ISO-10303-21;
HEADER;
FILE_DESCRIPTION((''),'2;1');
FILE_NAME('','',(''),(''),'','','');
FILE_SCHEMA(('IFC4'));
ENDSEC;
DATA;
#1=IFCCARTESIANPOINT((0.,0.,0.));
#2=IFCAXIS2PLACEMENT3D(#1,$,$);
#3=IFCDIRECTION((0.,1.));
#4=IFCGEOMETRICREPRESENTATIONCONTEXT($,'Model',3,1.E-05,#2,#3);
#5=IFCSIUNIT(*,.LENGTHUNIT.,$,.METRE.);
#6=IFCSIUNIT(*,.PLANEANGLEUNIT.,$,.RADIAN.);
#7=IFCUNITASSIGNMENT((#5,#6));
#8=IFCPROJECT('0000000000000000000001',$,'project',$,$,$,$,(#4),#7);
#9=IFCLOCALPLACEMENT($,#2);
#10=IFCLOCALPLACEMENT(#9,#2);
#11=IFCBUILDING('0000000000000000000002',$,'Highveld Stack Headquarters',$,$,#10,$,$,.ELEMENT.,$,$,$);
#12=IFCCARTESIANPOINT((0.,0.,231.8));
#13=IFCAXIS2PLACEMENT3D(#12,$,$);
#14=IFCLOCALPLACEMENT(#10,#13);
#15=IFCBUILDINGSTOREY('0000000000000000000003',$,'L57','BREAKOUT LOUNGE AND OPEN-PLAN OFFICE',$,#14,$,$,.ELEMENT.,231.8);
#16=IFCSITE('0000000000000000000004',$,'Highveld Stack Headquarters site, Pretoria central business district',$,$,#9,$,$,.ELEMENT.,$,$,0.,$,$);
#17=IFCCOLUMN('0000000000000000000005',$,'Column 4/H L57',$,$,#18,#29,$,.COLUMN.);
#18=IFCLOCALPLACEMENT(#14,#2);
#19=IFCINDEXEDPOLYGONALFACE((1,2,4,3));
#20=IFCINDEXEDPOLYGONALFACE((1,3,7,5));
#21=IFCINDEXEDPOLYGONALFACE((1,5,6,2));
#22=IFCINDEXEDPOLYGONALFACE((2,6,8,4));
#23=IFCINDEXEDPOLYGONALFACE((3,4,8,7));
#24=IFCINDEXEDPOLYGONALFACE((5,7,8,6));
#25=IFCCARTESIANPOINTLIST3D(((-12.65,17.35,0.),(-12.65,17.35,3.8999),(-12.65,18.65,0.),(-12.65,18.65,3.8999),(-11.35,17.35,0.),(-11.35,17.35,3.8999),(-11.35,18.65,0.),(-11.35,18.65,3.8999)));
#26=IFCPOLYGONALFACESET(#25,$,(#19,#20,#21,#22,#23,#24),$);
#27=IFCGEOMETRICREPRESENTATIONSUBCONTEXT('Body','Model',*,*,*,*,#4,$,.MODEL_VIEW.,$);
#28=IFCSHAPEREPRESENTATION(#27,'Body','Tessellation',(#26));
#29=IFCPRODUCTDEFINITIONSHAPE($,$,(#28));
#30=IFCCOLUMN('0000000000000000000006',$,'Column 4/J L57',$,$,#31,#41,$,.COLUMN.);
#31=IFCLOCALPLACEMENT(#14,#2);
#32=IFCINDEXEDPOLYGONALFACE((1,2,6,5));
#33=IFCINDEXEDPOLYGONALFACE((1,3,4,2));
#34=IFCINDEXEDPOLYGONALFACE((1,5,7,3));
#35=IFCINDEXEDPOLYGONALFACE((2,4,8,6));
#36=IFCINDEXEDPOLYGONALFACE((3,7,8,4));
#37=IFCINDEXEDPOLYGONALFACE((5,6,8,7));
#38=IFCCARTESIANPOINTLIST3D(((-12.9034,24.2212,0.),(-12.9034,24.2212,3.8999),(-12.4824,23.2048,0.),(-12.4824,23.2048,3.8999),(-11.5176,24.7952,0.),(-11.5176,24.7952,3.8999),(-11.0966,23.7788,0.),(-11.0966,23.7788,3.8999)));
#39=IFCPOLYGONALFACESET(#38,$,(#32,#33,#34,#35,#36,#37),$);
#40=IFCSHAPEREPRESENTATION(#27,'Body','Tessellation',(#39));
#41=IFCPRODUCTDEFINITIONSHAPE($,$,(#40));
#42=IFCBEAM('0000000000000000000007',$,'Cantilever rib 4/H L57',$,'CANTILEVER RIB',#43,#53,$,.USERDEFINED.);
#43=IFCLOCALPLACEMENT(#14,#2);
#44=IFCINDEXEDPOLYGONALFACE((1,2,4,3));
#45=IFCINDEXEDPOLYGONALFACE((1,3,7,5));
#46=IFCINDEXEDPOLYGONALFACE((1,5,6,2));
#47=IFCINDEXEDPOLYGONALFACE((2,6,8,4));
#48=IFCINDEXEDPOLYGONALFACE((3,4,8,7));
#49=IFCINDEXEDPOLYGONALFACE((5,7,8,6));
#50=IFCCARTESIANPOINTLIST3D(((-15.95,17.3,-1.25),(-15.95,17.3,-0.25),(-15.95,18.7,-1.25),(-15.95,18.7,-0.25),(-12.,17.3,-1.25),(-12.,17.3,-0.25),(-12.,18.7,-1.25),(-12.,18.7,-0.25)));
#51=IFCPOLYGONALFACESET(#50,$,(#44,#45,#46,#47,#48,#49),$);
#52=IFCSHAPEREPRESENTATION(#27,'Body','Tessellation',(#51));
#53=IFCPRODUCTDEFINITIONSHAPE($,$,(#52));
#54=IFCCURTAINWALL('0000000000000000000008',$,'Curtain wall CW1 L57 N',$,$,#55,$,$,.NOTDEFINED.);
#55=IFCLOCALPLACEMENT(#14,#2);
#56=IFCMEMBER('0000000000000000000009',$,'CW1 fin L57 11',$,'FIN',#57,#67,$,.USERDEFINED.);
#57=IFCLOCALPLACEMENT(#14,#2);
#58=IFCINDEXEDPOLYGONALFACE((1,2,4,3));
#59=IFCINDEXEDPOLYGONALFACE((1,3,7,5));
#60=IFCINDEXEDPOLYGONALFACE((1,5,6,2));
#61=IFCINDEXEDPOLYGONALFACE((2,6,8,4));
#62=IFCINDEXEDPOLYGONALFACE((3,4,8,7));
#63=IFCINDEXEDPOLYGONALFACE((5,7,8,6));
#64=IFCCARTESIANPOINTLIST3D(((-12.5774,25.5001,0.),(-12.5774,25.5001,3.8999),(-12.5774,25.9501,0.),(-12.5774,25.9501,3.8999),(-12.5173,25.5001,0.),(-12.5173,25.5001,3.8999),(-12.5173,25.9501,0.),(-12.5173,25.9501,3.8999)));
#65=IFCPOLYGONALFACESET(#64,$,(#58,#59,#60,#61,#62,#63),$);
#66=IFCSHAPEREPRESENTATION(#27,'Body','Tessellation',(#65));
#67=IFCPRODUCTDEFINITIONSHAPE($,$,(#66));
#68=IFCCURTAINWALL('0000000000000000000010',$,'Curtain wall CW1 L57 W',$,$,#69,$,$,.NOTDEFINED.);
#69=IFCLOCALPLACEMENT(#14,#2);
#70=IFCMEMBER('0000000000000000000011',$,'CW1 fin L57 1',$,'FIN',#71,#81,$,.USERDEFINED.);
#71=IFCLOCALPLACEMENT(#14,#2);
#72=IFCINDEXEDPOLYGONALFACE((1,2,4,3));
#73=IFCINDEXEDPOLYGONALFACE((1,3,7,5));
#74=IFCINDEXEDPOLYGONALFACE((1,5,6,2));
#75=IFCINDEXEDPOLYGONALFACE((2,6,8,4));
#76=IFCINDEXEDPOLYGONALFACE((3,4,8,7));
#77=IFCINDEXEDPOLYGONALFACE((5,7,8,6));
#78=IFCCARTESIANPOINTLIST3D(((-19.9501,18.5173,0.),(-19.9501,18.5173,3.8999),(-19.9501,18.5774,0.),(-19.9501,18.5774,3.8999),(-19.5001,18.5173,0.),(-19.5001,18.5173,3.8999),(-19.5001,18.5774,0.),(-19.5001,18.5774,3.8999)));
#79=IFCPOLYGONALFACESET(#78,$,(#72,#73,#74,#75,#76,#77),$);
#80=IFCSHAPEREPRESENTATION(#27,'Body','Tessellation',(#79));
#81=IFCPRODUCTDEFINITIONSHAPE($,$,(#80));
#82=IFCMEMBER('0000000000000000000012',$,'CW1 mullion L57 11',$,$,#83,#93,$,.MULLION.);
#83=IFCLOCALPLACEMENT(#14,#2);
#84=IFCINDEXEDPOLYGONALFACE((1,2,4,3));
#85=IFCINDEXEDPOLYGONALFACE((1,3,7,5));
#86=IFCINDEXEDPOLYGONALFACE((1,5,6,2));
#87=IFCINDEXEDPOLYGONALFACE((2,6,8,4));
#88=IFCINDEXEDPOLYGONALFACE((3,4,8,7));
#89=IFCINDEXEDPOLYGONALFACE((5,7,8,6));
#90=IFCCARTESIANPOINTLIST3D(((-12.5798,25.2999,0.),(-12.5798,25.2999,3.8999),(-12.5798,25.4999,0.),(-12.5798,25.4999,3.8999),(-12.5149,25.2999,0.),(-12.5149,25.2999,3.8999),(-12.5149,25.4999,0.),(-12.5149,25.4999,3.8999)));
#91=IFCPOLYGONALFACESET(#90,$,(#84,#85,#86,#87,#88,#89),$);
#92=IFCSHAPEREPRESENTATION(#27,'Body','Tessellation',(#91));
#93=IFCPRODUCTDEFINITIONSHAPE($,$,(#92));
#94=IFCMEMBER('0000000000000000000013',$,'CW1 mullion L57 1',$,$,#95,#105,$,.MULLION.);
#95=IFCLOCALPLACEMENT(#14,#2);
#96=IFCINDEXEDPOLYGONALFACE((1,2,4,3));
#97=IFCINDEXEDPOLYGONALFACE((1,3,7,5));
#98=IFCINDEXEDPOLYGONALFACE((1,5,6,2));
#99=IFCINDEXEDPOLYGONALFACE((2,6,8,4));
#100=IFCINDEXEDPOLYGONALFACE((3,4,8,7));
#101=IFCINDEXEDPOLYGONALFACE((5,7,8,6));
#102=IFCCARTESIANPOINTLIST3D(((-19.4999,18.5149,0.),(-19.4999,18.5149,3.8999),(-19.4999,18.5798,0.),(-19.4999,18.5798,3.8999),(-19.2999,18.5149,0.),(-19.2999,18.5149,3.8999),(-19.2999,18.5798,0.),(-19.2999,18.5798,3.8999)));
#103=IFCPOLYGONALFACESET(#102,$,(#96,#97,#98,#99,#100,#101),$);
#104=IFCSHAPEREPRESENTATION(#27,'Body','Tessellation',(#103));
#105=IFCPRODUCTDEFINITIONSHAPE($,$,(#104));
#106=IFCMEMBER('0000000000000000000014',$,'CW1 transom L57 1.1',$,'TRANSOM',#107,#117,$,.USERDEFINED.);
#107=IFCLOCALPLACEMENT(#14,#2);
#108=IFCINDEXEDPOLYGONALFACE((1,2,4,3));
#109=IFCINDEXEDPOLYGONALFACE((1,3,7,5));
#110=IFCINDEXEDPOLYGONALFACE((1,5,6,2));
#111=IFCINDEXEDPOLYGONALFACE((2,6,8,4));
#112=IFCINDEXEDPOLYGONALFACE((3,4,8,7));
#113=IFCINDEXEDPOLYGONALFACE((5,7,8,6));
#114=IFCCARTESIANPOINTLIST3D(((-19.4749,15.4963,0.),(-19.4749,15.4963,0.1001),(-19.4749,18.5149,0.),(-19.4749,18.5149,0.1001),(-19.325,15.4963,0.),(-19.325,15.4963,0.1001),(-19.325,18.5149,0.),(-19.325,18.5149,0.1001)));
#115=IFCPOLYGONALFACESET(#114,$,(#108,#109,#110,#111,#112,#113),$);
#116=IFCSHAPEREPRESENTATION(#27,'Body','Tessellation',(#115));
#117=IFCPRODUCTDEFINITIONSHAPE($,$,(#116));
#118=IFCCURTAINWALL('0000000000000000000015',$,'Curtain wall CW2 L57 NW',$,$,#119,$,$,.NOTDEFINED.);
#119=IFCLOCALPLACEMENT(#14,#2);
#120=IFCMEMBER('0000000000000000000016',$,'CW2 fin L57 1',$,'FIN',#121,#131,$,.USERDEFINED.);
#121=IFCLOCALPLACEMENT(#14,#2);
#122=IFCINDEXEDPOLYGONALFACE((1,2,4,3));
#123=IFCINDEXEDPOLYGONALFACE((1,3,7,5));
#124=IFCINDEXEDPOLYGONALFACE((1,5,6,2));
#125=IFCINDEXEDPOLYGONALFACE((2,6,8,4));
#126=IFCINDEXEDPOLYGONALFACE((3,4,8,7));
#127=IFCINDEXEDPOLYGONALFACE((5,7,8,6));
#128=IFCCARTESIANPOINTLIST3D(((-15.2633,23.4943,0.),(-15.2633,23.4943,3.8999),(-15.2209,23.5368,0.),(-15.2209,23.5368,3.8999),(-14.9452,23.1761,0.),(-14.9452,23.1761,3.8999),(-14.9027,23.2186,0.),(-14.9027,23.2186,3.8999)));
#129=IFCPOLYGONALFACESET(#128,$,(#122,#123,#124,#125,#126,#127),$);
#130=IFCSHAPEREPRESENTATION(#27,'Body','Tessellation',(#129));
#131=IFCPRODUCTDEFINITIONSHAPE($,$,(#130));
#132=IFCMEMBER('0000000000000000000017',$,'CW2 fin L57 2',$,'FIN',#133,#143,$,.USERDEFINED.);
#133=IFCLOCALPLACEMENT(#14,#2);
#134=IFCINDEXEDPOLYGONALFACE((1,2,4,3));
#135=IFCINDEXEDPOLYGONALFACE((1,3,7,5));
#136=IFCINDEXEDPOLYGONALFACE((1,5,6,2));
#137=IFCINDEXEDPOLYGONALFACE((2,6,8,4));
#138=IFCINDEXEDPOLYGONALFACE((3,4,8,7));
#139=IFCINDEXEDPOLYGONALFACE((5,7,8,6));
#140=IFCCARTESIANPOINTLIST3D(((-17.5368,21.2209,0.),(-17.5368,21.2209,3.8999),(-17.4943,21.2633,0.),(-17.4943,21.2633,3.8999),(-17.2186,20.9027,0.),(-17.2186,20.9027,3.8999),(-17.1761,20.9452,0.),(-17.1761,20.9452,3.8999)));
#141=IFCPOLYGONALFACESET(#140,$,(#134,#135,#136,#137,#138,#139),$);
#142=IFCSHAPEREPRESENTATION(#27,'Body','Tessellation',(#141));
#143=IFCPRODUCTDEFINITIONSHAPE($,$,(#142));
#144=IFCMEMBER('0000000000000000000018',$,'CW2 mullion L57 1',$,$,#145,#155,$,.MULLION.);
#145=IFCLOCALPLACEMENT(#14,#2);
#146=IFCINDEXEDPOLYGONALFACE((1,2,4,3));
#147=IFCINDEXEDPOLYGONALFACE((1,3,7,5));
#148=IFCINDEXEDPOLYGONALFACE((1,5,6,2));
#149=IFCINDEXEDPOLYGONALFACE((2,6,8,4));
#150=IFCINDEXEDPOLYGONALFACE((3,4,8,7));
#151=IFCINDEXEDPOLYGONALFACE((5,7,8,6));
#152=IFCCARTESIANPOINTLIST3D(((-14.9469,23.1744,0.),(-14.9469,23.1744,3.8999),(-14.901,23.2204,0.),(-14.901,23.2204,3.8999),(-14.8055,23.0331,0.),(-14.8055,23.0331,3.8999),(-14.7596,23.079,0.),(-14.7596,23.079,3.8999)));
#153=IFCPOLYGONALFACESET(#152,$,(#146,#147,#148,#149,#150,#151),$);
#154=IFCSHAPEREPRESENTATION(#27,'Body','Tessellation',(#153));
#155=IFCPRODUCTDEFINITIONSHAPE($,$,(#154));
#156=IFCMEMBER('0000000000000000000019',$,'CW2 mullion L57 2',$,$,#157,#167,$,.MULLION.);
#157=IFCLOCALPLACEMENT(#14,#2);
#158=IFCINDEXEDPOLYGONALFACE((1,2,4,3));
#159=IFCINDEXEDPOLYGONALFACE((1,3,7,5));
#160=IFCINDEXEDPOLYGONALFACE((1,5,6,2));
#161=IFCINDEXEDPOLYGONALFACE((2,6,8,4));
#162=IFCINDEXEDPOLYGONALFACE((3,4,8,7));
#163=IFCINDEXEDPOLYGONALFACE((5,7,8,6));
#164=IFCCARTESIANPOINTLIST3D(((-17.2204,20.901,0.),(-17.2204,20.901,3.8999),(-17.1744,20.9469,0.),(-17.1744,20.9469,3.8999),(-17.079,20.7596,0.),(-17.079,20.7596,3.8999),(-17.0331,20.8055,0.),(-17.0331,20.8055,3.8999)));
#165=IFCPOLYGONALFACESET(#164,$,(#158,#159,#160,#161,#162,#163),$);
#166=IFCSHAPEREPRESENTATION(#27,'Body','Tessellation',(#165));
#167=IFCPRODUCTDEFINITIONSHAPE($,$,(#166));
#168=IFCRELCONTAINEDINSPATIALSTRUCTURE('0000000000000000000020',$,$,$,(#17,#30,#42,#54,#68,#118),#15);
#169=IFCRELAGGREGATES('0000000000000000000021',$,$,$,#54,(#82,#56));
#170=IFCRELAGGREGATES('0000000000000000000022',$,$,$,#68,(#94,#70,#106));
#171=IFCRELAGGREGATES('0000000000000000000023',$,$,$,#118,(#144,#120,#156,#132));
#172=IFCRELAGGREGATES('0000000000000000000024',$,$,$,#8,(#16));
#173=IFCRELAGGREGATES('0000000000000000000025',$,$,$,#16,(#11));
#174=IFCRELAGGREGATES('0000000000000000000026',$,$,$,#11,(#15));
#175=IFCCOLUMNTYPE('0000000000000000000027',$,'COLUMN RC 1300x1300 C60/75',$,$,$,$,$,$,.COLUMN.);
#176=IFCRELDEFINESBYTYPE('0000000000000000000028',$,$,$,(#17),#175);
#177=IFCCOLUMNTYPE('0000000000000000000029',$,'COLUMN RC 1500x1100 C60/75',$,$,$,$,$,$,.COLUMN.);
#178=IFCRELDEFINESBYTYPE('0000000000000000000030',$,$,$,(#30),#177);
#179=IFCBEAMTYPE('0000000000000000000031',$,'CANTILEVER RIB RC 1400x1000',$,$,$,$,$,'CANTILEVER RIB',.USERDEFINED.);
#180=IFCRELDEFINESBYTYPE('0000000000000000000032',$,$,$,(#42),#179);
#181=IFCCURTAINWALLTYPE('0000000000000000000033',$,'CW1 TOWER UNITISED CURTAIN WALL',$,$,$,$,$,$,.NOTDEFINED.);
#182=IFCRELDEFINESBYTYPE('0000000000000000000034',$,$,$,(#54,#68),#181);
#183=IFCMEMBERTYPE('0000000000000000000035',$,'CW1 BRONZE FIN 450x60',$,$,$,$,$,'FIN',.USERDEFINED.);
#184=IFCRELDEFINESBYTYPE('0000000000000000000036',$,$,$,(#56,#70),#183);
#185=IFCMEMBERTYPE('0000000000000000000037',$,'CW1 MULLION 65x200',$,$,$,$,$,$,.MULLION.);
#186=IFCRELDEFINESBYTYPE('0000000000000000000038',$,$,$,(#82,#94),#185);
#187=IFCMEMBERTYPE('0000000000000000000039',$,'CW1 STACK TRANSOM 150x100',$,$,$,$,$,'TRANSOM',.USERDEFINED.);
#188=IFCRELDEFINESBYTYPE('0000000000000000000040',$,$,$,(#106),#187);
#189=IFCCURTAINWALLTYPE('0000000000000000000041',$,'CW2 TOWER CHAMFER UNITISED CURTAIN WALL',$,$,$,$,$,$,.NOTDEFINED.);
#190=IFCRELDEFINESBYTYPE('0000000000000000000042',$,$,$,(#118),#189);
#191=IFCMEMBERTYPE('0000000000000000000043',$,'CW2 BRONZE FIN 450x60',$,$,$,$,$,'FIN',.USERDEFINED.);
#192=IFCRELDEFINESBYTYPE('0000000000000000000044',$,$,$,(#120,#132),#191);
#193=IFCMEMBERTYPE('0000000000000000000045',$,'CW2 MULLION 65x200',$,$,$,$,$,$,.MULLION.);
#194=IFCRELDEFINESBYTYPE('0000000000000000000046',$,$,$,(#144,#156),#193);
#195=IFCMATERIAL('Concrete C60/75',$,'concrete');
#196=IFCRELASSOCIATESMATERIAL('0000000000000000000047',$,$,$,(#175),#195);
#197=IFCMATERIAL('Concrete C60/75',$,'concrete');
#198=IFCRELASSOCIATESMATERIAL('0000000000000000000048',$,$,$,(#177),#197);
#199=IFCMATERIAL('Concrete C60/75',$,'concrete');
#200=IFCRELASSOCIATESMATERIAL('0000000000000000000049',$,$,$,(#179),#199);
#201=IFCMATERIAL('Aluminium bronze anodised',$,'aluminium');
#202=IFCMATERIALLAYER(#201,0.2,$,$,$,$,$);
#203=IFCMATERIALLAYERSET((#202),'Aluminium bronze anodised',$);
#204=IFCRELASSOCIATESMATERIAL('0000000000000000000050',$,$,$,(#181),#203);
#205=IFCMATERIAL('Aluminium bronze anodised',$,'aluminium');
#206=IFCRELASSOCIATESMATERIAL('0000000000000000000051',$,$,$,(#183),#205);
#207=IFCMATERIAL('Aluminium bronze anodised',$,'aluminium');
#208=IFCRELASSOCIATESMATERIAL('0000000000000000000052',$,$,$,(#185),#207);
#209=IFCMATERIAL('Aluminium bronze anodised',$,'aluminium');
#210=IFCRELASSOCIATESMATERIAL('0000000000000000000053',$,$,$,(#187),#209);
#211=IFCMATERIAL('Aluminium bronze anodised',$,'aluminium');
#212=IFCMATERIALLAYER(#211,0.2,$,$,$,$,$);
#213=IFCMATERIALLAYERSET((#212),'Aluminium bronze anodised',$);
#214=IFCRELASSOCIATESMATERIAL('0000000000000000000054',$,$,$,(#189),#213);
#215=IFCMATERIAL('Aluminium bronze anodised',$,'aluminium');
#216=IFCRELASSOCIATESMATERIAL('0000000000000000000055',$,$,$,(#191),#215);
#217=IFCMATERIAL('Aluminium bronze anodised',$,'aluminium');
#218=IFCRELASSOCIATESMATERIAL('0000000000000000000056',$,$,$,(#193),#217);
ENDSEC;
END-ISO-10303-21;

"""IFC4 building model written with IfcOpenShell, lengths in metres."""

from ifc_helpers import new_model, si_unit, direction, frame, origin, origin_2d, place, context, subcontext, project, spatial, rectangle, extrude, material, layer, layer_set, material_profile, profile_set, type_object, element, aggregate, save


model = new_model("IFC4")

# Units and contexts
model_context = context("Model", 3, precision=1e-05, world=origin(), true_north=direction((0.0, 1.0)))
body_context = subcontext(model_context, "Body", "Model", "MODEL_VIEW")
ifc_project = project(units=[si_unit("LENGTHUNIT", "METRE"), si_unit("PLANEANGLEUNIT", "RADIAN")], contexts=[model_context])

# Site, building, storey
site_placement = place(None, origin())
site = spatial("IfcSite", under=ifc_project, at=site_placement, Name="Highveld Stack Headquarters site, Pretoria central business district", CompositionType="ELEMENT", RefElevation=0.0)
building_placement = place(site_placement, origin())
building = spatial("IfcBuilding", under=site, at=building_placement, Name="Highveld Stack Headquarters", CompositionType="ELEMENT")
storey_placement = place(building_placement, frame((0.0, 0.0, 231.8)))
storey = spatial("IfcBuildingStorey", under=building, at=storey_placement, Name="L57", Description="BREAKOUT LOUNGE AND OPEN-PLAN OFFICE", CompositionType="ELEMENT", Elevation=231.8)

# Columns
ifc_material_1 = material(Name="Concrete C60/75", Category="concrete")
ifc_material_profile_1 = material_profile(ifc_material_1, rectangle(XDim=1.3, YDim=1.3, at=origin_2d()), Name="RC 1300x1300")
ifc_profile_set_1 = profile_set([ifc_material_profile_1], Name="Concrete C60/75")
column_type_1 = type_object("IfcColumnType", Name="COLUMN RC 1300x1300 C60/75", PredefinedType="COLUMN", material=ifc_profile_set_1)
column_1_placement = place(storey_placement, frame((-12.0, 18.0, 0.0), z_axis=(0.0, 0.0, 1.0), x_axis=(1.0, 0.0, 0.0)))
element("IfcColumn", 1, at=column_1_placement, inside=storey, type_object=column_type_1, Name="Column 4/H L57", PredefinedType="COLUMN", context=body_context, shape_type="SweptSolid", body=[
    extrude(rectangle(XDim=1.3, YDim=1.3, at=origin_2d()), origin(), (0.0, 0.0, 1.0), 3.8999),
])
ifc_material_2 = material(Name="Concrete C60/75", Category="concrete")
ifc_material_profile_2 = material_profile(ifc_material_2, rectangle(XDim=1.5, YDim=1.1001, at=origin_2d()), Name="RC 1500x1100")
ifc_profile_set_2 = profile_set([ifc_material_profile_2], Name="Concrete C60/75")
column_type_2 = type_object("IfcColumnType", Name="COLUMN RC 1500x1100 C60/75", PredefinedType="COLUMN", material=ifc_profile_set_2)
column_2_placement = place(storey_placement, frame((-12.0, 24.0, 0.0), z_axis=(0.0, 0.0, 1.0), x_axis=(0.92388, 0.382683, 0.0)))
element("IfcColumn", 2, at=column_2_placement, inside=storey, type_object=column_type_2, Name="Column 4/J L57", PredefinedType="COLUMN", context=body_context, shape_type="SweptSolid", body=[
    extrude(rectangle(XDim=1.5, YDim=1.1001, at=origin_2d()), origin(), (0.0, 0.0, 1.0), 3.8999),
])

# Beam
ifc_material_3 = material(Name="Concrete C60/75", Category="concrete")
ifc_material_profile_3 = material_profile(ifc_material_3, rectangle(XDim=1.3999, YDim=1.0, at=origin_2d()), Name="RC 1400x1000")
ifc_profile_set_3 = profile_set([ifc_material_profile_3], Name="Concrete C60/75")
beam_type = type_object("IfcBeamType", Name="CANTILEVER RIB RC 1400x1000", ElementType="CANTILEVER RIB", PredefinedType="USERDEFINED", material=ifc_profile_set_3)
beam_placement = place(storey_placement, frame((-12.0, 18.0, -0.75), z_axis=(-1.0, 0.0, 0.0), x_axis=(0.0, -1.0, 0.0)))
element("IfcBeam", 3, at=beam_placement, inside=storey, type_object=beam_type, Name="Cantilever rib 4/H L57", ObjectType="CANTILEVER RIB", PredefinedType="USERDEFINED", context=body_context, shape_type="SweptSolid", body=[
    extrude(rectangle(XDim=1.3999, YDim=1.0, at=origin_2d()), origin(), (0.0, 0.0, 1.0), 3.95),
])

# Curtain walls, members
ifc_material_4 = material(Name="Aluminium bronze anodised", Category="aluminium")
ifc_layer_1 = layer(ifc_material_4, 0.2)
ifc_layer_set_1 = layer_set([ifc_layer_1], Name="Aluminium bronze anodised")
curtain_wall_type_1 = type_object("IfcCurtainWallType", Name="CW1 TOWER UNITISED CURTAIN WALL", PredefinedType="NOTDEFINED", material=ifc_layer_set_1)
curtain_wall_1_placement = place(storey_placement, origin())
curtain_wall_1 = element("IfcCurtainWall", 4, at=curtain_wall_1_placement, inside=storey, type_object=curtain_wall_type_1, Name="Curtain wall CW1 L57 N", PredefinedType="NOTDEFINED")
ifc_material_5 = material(Name="Aluminium bronze anodised", Category="aluminium")
ifc_material_profile_4 = material_profile(ifc_material_5, rectangle(XDim=0.45, YDim=0.0601, at=origin_2d()), Name="FIN 450x60")
ifc_profile_set_4 = profile_set([ifc_material_profile_4], Name="Aluminium bronze anodised")
member_type_1 = type_object("IfcMemberType", Name="CW1 BRONZE FIN 450x60", ElementType="FIN", PredefinedType="USERDEFINED", material=ifc_profile_set_4)
member_1_placement = place(storey_placement, frame((-12.5474, 25.7251, 0.0), z_axis=(0.0, 0.0, 1.0), x_axis=(0.0, -1.0, 0.0)))
member_1 = element("IfcMember", 5, at=member_1_placement, type_object=member_type_1, Name="CW1 fin L57 11", ObjectType="FIN", PredefinedType="USERDEFINED", context=body_context, shape_type="SweptSolid", body=[
    extrude(rectangle(XDim=0.45, YDim=0.0601, at=origin_2d()), origin(), (0.0, 0.0, 1.0), 3.8999),
])
curtain_wall_2_placement = place(storey_placement, origin())
curtain_wall_2 = element("IfcCurtainWall", 6, at=curtain_wall_2_placement, inside=storey, type_object=curtain_wall_type_1, Name="Curtain wall CW1 L57 W", PredefinedType="NOTDEFINED")
member_2_placement = place(storey_placement, frame((-19.7251, 18.5474, 0.0), z_axis=(0.0, 0.0, 1.0), x_axis=(1.0, 0.0, 0.0)))
member_2 = element("IfcMember", 7, at=member_2_placement, type_object=member_type_1, Name="CW1 fin L57 1", ObjectType="FIN", PredefinedType="USERDEFINED", context=body_context, shape_type="SweptSolid", body=[
    extrude(rectangle(XDim=0.45, YDim=0.0601, at=origin_2d()), origin(), (0.0, 0.0, 1.0), 3.8999),
])

# Members
ifc_material_6 = material(Name="Aluminium bronze anodised", Category="aluminium")
ifc_material_profile_5 = material_profile(ifc_material_6, rectangle(XDim=0.2, YDim=0.0649, at=origin_2d()), Name="CW1 MULLION 65x200")
ifc_profile_set_5 = profile_set([ifc_material_profile_5], Name="Aluminium bronze anodised")
member_type_2 = type_object("IfcMemberType", Name="CW1 MULLION 65x200", PredefinedType="MULLION", material=ifc_profile_set_5)
member_3_placement = place(storey_placement, frame((-12.5474, 25.3999, 0.0), z_axis=(0.0, 0.0, 1.0), x_axis=(0.0, -1.0, 0.0)))
member_3 = element("IfcMember", 8, at=member_3_placement, type_object=member_type_2, Name="CW1 mullion L57 11", PredefinedType="MULLION", context=body_context, shape_type="SweptSolid", body=[
    extrude(rectangle(XDim=0.2, YDim=0.0649, at=origin_2d()), origin(), (0.0, 0.0, 1.0), 3.8999),
])
member_4_placement = place(storey_placement, frame((-19.3999, 18.5474, 0.0), z_axis=(0.0, 0.0, 1.0), x_axis=(1.0, 0.0, 0.0)))
member_4 = element("IfcMember", 9, at=member_4_placement, type_object=member_type_2, Name="CW1 mullion L57 1", PredefinedType="MULLION", context=body_context, shape_type="SweptSolid", body=[
    extrude(rectangle(XDim=0.2, YDim=0.0649, at=origin_2d()), origin(), (0.0, 0.0, 1.0), 3.8999),
])
ifc_material_7 = material(Name="Aluminium bronze anodised", Category="aluminium")
ifc_material_profile_6 = material_profile(ifc_material_7, rectangle(XDim=0.1499, YDim=0.1001, at=origin_2d()), Name="CW1 TRANSOM 150x100")
ifc_profile_set_6 = profile_set([ifc_material_profile_6], Name="Aluminium bronze anodised")
member_type_3 = type_object("IfcMemberType", Name="CW1 STACK TRANSOM 150x100", ElementType="TRANSOM", PredefinedType="USERDEFINED", material=ifc_profile_set_6)
member_5_placement = place(storey_placement, frame((-19.3999, 18.5149, 0.05), z_axis=(0.0, -1.0, 0.0), x_axis=(1.0, 0.0, 0.0)))
member_5 = element("IfcMember", 10, at=member_5_placement, type_object=member_type_3, Name="CW1 transom L57 1.1", ObjectType="TRANSOM", PredefinedType="USERDEFINED", context=body_context, shape_type="SweptSolid", body=[
    extrude(rectangle(XDim=0.1499, YDim=0.1001, at=origin_2d()), origin(), (0.0, 0.0, 1.0), 3.0186),
])

# Curtain wall, members
ifc_material_8 = material(Name="Aluminium bronze anodised", Category="aluminium")
ifc_layer_2 = layer(ifc_material_8, 0.2)
ifc_layer_set_2 = layer_set([ifc_layer_2], Name="Aluminium bronze anodised")
curtain_wall_type_2 = type_object("IfcCurtainWallType", Name="CW2 TOWER CHAMFER UNITISED CURTAIN WALL", PredefinedType="NOTDEFINED", material=ifc_layer_set_2)
curtain_wall_3_placement = place(storey_placement, origin())
curtain_wall_3 = element("IfcCurtainWall", 11, at=curtain_wall_3_placement, inside=storey, type_object=curtain_wall_type_2, Name="Curtain wall CW2 L57 NW", PredefinedType="NOTDEFINED")
ifc_material_9 = material(Name="Aluminium bronze anodised", Category="aluminium")
ifc_material_profile_7 = material_profile(ifc_material_9, rectangle(XDim=0.45, YDim=0.0601, at=origin_2d()), Name="FIN 450x60")
ifc_profile_set_7 = profile_set([ifc_material_profile_7], Name="Aluminium bronze anodised")
member_type_4 = type_object("IfcMemberType", Name="CW2 BRONZE FIN 450x60", ElementType="FIN", PredefinedType="USERDEFINED", material=ifc_profile_set_7)
member_6_placement = place(storey_placement, frame((-15.083, 23.3564, 0.0), z_axis=(0.0, 0.0, 1.0), x_axis=(0.707107, -0.707107, 0.0)))
member_6 = element("IfcMember", 12, at=member_6_placement, type_object=member_type_4, Name="CW2 fin L57 1", ObjectType="FIN", PredefinedType="USERDEFINED", context=body_context, shape_type="SweptSolid", body=[
    extrude(rectangle(XDim=0.45, YDim=0.0601, at=origin_2d()), origin(), (0.0, 0.0, 1.0), 3.8999),
])
member_7_placement = place(storey_placement, frame((-17.3564, 21.083, 0.0), z_axis=(0.0, 0.0, 1.0), x_axis=(0.707107, -0.707107, 0.0)))
member_7 = element("IfcMember", 13, at=member_7_placement, type_object=member_type_4, Name="CW2 fin L57 2", ObjectType="FIN", PredefinedType="USERDEFINED", context=body_context, shape_type="SweptSolid", body=[
    extrude(rectangle(XDim=0.45, YDim=0.0601, at=origin_2d()), origin(), (0.0, 0.0, 1.0), 3.8999),
])
ifc_material_10 = material(Name="Aluminium bronze anodised", Category="aluminium")
ifc_material_profile_8 = material_profile(ifc_material_10, rectangle(XDim=0.2, YDim=0.0649, at=origin_2d()), Name="CW2 MULLION 65x200")
ifc_profile_set_8 = profile_set([ifc_material_profile_8], Name="Aluminium bronze anodised")
member_type_5 = type_object("IfcMemberType", Name="CW2 MULLION 65x200", PredefinedType="MULLION", material=ifc_profile_set_8)
member_8_placement = place(storey_placement, frame((-14.8533, 23.1267, 0.0), z_axis=(0.0, 0.0, 1.0), x_axis=(0.707107, -0.707107, 0.0)))
member_8 = element("IfcMember", 14, at=member_8_placement, type_object=member_type_5, Name="CW2 mullion L57 1", PredefinedType="MULLION", context=body_context, shape_type="SweptSolid", body=[
    extrude(rectangle(XDim=0.2, YDim=0.0649, at=origin_2d()), origin(), (0.0, 0.0, 1.0), 3.8999),
])
member_9_placement = place(storey_placement, frame((-17.1267, 20.8533, 0.0), z_axis=(0.0, 0.0, 1.0), x_axis=(0.707107, -0.707107, 0.0)))
member_9 = element("IfcMember", 15, at=member_9_placement, type_object=member_type_5, Name="CW2 mullion L57 2", PredefinedType="MULLION", context=body_context, shape_type="SweptSolid", body=[
    extrude(rectangle(XDim=0.2, YDim=0.0649, at=origin_2d()), origin(), (0.0, 0.0, 1.0), 3.8999),
])

aggregate(curtain_wall_1, [member_3, member_1])
aggregate(curtain_wall_2, [member_4, member_2, member_5])
aggregate(curtain_wall_3, [member_8, member_6, member_9, member_7])

save(model, "model.ifc")
